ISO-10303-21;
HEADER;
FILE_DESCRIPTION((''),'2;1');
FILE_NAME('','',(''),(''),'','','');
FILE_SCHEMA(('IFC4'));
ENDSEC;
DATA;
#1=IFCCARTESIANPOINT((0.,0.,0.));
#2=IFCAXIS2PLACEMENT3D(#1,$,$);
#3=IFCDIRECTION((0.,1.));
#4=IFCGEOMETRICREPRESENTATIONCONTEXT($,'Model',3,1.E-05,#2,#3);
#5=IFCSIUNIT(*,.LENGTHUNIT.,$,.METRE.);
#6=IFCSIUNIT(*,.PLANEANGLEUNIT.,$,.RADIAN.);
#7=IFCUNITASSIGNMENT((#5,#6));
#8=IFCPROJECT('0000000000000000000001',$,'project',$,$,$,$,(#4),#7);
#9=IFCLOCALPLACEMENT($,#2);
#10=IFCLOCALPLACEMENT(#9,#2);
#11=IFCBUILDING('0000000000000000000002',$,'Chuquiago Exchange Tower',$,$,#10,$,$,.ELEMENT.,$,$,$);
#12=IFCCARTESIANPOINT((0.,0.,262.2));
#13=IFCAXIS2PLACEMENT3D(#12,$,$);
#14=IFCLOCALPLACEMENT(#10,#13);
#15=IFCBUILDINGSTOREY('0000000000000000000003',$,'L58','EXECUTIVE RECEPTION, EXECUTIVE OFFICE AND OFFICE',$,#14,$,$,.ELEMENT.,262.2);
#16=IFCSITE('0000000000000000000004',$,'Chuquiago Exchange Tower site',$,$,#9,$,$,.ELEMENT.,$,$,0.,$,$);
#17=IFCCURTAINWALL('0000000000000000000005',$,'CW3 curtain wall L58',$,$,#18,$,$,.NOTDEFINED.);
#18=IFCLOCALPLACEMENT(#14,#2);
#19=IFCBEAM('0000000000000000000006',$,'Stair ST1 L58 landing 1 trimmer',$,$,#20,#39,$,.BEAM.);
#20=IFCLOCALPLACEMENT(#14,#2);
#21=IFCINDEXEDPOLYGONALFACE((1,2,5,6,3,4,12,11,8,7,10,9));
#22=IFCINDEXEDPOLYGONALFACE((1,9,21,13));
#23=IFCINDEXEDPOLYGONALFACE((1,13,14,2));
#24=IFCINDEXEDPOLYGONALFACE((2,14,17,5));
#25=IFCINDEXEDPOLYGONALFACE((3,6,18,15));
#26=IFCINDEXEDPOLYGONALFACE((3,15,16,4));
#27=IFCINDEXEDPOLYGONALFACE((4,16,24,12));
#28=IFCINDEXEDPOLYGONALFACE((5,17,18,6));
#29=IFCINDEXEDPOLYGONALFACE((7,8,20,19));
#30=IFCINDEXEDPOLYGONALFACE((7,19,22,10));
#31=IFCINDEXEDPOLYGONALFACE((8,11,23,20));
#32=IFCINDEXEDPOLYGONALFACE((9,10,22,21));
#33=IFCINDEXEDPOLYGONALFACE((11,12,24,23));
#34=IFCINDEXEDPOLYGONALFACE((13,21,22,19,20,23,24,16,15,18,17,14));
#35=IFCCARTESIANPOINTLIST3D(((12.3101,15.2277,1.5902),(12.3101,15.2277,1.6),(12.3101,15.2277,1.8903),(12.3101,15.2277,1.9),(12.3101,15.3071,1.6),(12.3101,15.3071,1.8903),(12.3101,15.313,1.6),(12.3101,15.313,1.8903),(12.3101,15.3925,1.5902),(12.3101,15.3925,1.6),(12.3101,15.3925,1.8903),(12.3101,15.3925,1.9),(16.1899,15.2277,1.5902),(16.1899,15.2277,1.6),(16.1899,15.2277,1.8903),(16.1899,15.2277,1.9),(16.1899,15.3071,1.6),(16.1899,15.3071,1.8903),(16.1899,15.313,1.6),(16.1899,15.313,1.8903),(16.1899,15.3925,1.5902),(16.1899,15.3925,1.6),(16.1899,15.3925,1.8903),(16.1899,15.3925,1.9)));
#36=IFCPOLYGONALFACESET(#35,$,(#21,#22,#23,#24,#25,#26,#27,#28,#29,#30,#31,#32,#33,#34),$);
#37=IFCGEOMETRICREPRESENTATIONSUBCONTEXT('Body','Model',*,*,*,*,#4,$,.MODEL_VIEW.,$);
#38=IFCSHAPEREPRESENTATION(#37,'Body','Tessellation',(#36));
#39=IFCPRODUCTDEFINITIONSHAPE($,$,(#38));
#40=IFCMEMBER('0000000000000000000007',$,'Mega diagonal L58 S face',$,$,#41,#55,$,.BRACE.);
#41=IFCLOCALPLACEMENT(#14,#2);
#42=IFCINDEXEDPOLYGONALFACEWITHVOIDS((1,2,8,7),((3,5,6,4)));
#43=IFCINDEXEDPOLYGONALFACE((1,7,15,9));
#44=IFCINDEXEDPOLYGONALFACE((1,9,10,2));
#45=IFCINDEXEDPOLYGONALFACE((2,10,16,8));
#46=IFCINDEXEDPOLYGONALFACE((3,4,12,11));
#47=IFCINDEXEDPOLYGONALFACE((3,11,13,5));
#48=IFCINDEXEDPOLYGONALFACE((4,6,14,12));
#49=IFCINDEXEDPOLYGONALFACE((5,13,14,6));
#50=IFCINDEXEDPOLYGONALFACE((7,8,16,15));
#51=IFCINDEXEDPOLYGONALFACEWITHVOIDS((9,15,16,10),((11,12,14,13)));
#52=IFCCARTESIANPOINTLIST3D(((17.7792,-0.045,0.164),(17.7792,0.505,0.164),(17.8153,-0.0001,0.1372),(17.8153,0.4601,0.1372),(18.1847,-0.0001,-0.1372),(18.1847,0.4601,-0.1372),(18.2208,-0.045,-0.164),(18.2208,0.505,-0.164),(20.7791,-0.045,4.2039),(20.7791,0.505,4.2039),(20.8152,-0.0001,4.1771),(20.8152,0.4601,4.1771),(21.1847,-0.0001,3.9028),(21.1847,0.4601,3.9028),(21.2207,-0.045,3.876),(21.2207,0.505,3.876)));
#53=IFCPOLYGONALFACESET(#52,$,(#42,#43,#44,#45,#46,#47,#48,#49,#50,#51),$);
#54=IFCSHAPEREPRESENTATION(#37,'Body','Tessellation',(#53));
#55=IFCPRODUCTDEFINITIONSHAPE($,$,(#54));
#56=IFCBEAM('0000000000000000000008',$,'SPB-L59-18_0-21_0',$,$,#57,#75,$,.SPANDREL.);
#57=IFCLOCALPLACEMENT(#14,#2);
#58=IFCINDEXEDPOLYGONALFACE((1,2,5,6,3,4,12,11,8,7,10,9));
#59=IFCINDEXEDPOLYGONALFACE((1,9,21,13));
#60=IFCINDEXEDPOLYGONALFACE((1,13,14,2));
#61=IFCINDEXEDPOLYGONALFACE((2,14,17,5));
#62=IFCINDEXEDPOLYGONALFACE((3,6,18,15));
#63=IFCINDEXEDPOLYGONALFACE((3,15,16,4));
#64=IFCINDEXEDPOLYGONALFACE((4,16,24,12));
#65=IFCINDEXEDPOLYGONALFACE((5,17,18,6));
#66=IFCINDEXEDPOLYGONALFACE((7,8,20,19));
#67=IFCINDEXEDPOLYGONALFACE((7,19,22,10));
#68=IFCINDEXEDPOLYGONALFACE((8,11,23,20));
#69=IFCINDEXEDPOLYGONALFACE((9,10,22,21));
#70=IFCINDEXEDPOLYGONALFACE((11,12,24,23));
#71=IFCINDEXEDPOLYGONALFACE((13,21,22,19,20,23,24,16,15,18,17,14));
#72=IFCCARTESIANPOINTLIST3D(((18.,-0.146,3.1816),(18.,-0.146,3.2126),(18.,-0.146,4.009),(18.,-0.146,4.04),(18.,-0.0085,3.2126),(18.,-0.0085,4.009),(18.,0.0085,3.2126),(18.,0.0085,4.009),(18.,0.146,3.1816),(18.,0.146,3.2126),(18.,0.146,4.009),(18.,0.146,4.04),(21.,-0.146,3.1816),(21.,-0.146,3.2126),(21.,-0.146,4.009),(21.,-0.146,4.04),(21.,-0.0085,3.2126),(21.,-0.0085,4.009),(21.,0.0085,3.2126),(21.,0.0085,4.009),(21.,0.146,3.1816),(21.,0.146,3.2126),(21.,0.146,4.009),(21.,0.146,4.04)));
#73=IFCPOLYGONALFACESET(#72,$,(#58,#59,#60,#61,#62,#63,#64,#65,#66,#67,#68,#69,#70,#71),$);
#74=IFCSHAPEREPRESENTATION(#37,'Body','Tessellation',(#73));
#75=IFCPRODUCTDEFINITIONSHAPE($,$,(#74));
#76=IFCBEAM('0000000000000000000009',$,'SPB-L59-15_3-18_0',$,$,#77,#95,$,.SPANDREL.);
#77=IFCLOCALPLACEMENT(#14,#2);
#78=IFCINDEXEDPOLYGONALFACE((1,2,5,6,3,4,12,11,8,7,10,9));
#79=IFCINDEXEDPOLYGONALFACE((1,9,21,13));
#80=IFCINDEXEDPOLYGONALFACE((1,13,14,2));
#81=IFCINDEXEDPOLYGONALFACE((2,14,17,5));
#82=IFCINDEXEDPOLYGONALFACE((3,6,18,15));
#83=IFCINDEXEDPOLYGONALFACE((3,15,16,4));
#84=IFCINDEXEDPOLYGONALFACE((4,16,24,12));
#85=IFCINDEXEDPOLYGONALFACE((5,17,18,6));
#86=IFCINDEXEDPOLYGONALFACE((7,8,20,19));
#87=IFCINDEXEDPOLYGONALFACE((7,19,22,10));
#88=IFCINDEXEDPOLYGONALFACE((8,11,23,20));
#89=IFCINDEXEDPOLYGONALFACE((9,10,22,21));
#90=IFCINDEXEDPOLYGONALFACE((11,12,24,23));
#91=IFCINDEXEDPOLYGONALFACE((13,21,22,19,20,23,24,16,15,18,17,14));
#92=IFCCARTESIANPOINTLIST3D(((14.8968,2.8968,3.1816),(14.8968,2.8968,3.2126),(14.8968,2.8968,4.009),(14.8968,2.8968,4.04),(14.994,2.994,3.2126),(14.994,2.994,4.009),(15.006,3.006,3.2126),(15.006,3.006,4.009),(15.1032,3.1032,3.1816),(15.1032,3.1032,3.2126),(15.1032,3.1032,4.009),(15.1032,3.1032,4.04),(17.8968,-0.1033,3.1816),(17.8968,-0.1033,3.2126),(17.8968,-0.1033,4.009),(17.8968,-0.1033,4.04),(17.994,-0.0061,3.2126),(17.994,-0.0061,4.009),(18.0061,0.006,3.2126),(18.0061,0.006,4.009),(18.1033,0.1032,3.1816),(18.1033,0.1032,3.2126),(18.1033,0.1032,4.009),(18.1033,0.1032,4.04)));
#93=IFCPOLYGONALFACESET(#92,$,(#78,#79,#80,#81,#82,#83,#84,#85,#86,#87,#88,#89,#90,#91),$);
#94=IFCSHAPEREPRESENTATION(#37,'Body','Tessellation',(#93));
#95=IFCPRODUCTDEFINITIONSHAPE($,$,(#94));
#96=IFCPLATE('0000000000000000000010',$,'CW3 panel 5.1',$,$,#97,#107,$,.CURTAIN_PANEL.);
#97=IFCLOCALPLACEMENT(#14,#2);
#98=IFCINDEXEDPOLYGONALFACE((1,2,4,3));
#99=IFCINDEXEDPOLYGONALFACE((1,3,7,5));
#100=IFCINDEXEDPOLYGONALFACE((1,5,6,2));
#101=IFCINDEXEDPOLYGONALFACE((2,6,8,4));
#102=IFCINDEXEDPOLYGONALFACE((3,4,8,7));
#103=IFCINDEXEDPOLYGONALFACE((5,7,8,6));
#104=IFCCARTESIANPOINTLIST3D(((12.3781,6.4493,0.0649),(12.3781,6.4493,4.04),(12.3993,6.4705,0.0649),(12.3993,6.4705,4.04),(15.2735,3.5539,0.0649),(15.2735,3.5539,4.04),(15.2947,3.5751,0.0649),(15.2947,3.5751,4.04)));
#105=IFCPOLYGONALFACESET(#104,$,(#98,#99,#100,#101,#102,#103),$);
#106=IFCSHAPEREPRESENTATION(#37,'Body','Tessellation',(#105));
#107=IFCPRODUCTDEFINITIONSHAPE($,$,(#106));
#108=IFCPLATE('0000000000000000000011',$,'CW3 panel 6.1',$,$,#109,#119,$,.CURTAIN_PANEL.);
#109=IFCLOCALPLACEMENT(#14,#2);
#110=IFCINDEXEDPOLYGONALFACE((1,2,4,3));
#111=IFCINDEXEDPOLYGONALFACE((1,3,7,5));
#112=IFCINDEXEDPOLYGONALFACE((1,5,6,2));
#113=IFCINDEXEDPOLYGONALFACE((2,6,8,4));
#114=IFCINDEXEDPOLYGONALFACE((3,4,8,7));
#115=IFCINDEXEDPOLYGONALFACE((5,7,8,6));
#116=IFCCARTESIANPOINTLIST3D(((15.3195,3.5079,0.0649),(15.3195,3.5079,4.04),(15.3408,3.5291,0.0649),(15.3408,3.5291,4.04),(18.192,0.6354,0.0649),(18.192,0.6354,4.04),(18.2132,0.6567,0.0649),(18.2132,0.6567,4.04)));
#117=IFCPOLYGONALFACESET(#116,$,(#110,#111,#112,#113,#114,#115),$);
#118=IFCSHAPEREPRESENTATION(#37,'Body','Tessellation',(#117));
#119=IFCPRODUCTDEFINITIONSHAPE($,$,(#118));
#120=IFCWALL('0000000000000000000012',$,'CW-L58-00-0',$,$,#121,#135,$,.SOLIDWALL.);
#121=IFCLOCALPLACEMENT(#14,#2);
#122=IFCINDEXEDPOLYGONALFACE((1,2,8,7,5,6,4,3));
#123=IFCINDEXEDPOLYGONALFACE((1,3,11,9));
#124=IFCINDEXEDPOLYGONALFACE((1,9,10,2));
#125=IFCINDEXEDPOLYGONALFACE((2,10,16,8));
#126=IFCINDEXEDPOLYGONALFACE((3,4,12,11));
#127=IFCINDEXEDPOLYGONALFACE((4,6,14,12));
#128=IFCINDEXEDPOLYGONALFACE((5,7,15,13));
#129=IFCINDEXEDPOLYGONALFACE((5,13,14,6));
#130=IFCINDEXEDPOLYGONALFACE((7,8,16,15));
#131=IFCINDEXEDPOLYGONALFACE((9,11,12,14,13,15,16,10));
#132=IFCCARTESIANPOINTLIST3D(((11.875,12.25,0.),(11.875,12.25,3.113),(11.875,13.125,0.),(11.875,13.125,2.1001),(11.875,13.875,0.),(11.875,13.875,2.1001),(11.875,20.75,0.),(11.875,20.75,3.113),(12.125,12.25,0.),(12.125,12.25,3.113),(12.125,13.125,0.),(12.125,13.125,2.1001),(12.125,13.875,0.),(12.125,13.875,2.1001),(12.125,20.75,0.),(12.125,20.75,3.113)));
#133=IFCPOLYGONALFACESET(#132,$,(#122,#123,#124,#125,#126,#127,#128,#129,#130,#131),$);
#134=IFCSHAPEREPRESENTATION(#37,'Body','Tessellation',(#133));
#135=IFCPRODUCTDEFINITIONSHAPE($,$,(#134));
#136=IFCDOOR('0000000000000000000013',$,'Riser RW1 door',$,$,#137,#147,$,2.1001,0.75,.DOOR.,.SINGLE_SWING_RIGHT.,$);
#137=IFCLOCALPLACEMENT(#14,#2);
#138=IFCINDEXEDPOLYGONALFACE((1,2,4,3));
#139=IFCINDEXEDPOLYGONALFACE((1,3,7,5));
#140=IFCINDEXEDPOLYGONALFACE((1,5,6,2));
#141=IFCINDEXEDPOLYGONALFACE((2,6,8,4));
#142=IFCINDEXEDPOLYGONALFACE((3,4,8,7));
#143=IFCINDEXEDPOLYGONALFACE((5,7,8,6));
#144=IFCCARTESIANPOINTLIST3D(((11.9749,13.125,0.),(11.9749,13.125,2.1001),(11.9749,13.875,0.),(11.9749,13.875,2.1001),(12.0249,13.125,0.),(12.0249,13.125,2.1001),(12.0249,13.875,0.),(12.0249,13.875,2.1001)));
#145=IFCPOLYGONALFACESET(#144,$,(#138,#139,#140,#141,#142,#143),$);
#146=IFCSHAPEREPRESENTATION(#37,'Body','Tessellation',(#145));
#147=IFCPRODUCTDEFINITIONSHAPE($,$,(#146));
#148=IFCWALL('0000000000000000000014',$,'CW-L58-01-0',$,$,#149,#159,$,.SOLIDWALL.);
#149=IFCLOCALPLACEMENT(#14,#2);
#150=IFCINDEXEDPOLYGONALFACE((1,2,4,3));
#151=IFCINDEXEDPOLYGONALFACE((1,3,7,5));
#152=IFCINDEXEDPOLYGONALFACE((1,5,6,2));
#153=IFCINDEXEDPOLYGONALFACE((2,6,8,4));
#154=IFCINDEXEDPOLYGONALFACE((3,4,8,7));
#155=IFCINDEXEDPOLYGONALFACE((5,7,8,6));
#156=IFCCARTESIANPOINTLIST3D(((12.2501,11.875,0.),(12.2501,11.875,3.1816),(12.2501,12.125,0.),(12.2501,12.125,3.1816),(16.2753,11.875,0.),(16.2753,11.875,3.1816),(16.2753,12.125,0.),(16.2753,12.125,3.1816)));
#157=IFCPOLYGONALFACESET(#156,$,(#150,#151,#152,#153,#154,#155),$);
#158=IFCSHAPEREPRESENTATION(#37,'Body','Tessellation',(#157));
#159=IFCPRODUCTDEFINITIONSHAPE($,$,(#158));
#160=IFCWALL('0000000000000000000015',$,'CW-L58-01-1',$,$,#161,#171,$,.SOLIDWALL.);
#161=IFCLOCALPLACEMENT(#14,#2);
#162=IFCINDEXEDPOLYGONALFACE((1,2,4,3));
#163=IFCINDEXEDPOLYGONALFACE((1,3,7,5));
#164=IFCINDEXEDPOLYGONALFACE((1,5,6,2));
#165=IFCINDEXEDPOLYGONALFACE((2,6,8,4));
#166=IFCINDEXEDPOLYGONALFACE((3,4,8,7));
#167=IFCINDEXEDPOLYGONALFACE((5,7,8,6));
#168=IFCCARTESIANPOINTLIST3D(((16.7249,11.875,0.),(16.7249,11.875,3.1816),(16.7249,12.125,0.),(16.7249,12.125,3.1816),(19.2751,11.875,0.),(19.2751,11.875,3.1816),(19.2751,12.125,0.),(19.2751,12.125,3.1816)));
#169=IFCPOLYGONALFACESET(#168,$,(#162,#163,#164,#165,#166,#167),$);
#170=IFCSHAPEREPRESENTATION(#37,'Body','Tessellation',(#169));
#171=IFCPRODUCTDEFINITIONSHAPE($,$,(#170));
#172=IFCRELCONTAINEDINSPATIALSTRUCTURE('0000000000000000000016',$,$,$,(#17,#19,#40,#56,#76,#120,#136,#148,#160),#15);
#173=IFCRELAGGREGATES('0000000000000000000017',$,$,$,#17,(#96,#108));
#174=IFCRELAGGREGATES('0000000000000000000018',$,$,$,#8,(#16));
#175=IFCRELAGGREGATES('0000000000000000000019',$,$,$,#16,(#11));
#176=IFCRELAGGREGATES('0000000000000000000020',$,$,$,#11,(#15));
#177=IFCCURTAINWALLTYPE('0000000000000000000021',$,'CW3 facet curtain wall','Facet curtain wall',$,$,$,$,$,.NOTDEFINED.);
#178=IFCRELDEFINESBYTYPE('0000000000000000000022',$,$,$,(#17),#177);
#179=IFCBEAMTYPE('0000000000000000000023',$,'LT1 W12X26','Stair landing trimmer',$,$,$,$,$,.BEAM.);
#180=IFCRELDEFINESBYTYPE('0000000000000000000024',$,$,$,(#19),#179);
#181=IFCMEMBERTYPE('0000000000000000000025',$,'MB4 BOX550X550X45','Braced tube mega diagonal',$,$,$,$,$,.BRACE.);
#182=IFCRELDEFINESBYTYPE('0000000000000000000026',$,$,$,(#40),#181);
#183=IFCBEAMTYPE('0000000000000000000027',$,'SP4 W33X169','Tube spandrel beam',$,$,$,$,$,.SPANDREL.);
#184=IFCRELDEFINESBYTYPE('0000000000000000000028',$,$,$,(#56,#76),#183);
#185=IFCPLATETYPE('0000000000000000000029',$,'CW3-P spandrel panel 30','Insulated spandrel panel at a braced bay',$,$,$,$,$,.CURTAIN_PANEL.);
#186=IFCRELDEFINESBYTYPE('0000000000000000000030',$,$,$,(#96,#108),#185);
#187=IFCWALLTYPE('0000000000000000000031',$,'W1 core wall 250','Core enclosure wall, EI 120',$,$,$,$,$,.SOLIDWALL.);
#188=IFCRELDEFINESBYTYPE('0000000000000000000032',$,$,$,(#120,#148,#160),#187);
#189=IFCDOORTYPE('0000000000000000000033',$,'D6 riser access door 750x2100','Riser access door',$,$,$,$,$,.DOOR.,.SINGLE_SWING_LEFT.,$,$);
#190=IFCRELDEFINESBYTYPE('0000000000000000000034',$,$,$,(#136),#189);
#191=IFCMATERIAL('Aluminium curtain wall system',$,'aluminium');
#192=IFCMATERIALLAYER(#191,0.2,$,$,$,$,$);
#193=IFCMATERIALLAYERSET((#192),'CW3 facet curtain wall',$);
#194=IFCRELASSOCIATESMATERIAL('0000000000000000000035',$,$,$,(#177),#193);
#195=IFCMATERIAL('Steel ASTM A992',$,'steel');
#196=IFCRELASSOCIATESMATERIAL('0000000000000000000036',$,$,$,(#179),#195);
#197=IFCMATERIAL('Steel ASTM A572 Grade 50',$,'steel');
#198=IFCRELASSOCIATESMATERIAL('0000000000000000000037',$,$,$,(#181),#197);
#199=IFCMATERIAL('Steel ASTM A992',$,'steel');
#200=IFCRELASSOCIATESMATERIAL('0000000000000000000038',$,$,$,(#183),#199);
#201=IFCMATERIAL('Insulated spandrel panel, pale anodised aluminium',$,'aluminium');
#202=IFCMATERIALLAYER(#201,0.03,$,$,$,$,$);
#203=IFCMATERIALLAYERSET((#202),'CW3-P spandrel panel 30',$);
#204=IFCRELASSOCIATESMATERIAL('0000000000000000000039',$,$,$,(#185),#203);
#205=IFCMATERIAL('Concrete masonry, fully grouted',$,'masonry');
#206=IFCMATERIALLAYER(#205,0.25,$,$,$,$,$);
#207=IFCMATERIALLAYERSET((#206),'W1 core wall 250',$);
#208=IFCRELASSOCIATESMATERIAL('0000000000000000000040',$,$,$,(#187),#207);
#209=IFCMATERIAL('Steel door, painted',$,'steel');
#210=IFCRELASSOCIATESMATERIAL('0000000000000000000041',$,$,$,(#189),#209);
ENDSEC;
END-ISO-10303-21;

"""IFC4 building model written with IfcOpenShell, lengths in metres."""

from ifc_helpers import new_model, si_unit, direction, frame, frame_2d, origin, origin_2d, place, context, subcontext, project, spatial, rectangle, hollow_rectangle, i_section, extrude, material, layer, layer_set, material_profile, profile_set, type_object, element, fill, aggregate, save


model = new_model("IFC4")

# Units and contexts
model_context = context("Model", 3, precision=1e-05, world=origin(), true_north=direction((0.0, 1.0)))
body_context = subcontext(model_context, "Body", "Model", "MODEL_VIEW")
ifc_project = project(units=[si_unit("LENGTHUNIT", "METRE"), si_unit("PLANEANGLEUNIT", "RADIAN")], contexts=[model_context])

# Site, building, storey
site_placement = place(None, origin())
site = spatial("IfcSite", under=ifc_project, at=site_placement, Name="Chuquiago Exchange Tower site", CompositionType="ELEMENT", RefElevation=0.0)
building_placement = place(site_placement, origin())
building = spatial("IfcBuilding", under=site, at=building_placement, Name="Chuquiago Exchange Tower", CompositionType="ELEMENT")
storey_placement = place(building_placement, frame((0.0, 0.0, 262.2)))
storey = spatial("IfcBuildingStorey", under=building, at=storey_placement, Name="L58", Description="EXECUTIVE RECEPTION, EXECUTIVE OFFICE AND OFFICE", CompositionType="ELEMENT", Elevation=262.2)

# Curtain wall
ifc_material_1 = material(Name="Aluminium curtain wall system", Category="aluminium")
ifc_layer_1 = layer(ifc_material_1, 0.2)
ifc_layer_set_1 = layer_set([ifc_layer_1], Name="CW3 facet curtain wall")
curtain_wall_type = type_object("IfcCurtainWallType", Name="CW3 facet curtain wall", Description="Facet curtain wall", PredefinedType="NOTDEFINED", material=ifc_layer_set_1)
curtain_wall_placement = place(storey_placement, origin())
curtain_wall = element("IfcCurtainWall", 1, at=curtain_wall_placement, inside=storey, type_object=curtain_wall_type, Name="CW3 curtain wall L58", PredefinedType="NOTDEFINED")

# Beam
ifc_material_2 = material(Name="Steel ASTM A992", Category="steel")
ifc_material_profile_1 = material_profile(ifc_material_2, i_section(OverallWidth=0.1648, OverallDepth=0.3098, WebThickness=0.0059, FlangeThickness=0.0098, at=origin_2d()), Name="W12X26")
ifc_profile_set_1 = profile_set([ifc_material_profile_1], Name="Steel ASTM A992")
beam_type_1 = type_object("IfcBeamType", Name="LT1 W12X26", Description="Stair landing trimmer", PredefinedType="BEAM", material=ifc_profile_set_1)
beam_1_placement = place(storey_placement, frame((12.3101, 15.3101, 1.7451), z_axis=(1.0, 0.0, 0.0), x_axis=(0.0, 1.0, 0.0)))
element("IfcBeam", 2, at=beam_1_placement, inside=storey, type_object=beam_type_1, Name="Stair ST1 L58 landing 1 trimmer", PredefinedType="BEAM", context=body_context, shape_type="SweptSolid", body=[
    extrude(i_section(OverallWidth=0.1648, OverallDepth=0.3098, WebThickness=0.0059, FlangeThickness=0.0098, at=origin_2d()), origin(), (0.0, 0.0, 1.0), 3.8799),
])

# Member
ifc_material_3 = material(Name="Steel ASTM A572 Grade 50", Category="steel")
ifc_material_profile_2 = material_profile(ifc_material_3, hollow_rectangle(XDim=0.55, YDim=0.55, WallThickness=0.0449, at=origin_2d()), Name="BOX550X550X45")
ifc_profile_set_2 = profile_set([ifc_material_profile_2], Name="Steel ASTM A572 Grade 50")
member_type_1 = type_object("IfcMemberType", Name="MB4 BOX550X550X45", Description="Braced tube mega diagonal", PredefinedType="BRACE", material=ifc_profile_set_2)
member_1_placement = place(storey_placement, frame((18.0, 0.23, 0.0), z_axis=(0.596174, 0.0, 0.802855), x_axis=(0.0, 1.0, 0.0)))
element("IfcMember", 3, at=member_1_placement, inside=storey, type_object=member_type_1, Name="Mega diagonal L58 S face", PredefinedType="BRACE", context=body_context, shape_type="SweptSolid", body=[
    extrude(hollow_rectangle(XDim=0.55, YDim=0.55, WallThickness=0.0449, at=origin_2d()), origin(), (0.0, 0.0, 1.0), 5.032),
])

# Beams
ifc_material_4 = material(Name="Steel ASTM A992", Category="steel")
ifc_material_profile_3 = material_profile(ifc_material_4, i_section(OverallWidth=0.292, OverallDepth=0.8584, WebThickness=0.0171, FlangeThickness=0.031, at=origin_2d()), Name="W33X169")
ifc_profile_set_3 = profile_set([ifc_material_profile_3], Name="Steel ASTM A992")
beam_type_2 = type_object("IfcBeamType", Name="SP4 W33X169", Description="Tube spandrel beam", PredefinedType="SPANDREL", material=ifc_profile_set_3)
beam_2_placement = place(storey_placement, frame((18.0, 0.0, 3.6108), z_axis=(1.0, 0.0, 0.0), x_axis=(0.0, 1.0, 0.0)))
element("IfcBeam", 4, at=beam_2_placement, inside=storey, type_object=beam_type_2, Name="SPB-L59-18_0-21_0", PredefinedType="SPANDREL", context=body_context, shape_type="SweptSolid", body=[
    extrude(i_section(OverallWidth=0.292, OverallDepth=0.8584, WebThickness=0.0171, FlangeThickness=0.031, at=origin_2d()), origin(), (0.0, 0.0, 1.0), 3.0),
])
beam_3_placement = place(storey_placement, frame((15.0, 3.0, 3.6108), z_axis=(0.707107, -0.707107, 0.0), x_axis=(0.707107, 0.707107, 0.0)))
element("IfcBeam", 5, at=beam_3_placement, inside=storey, type_object=beam_type_2, Name="SPB-L59-15_3-18_0", PredefinedType="SPANDREL", context=body_context, shape_type="SweptSolid", body=[
    extrude(i_section(OverallWidth=0.292, OverallDepth=0.8584, WebThickness=0.0171, FlangeThickness=0.031, at=origin_2d()), origin(), (0.0, 0.0, 1.0), 4.2427),
])

# Plates
ifc_material_5 = material(Name="Insulated spandrel panel, pale anodised aluminium", Category="aluminium")
ifc_layer_2 = layer(ifc_material_5, 0.03)
ifc_layer_set_2 = layer_set([ifc_layer_2], Name="CW3-P spandrel panel 30")
plate_type = type_object("IfcPlateType", Name="CW3-P spandrel panel 30", Description="Insulated spandrel panel at a braced bay", PredefinedType="CURTAIN_PANEL", material=ifc_layer_set_2)
plate_1_placement = place(storey_placement, frame((13.8364, 5.0122, 0.0649), z_axis=(0.0, 0.0, 1.0), x_axis=(0.707107, -0.707107, 0.0)))
plate_1 = element("IfcPlate", 6, at=plate_1_placement, type_object=plate_type, Name="CW3 panel 5.1", PredefinedType="CURTAIN_PANEL", context=body_context, shape_type="SweptSolid", body=[
    extrude(rectangle(XDim=4.0947, YDim=0.03, at=origin_2d()), origin(), (0.0, 0.0, 1.0), 3.9751),
])
plate_2_placement = place(storey_placement, frame((16.7664, 2.0823, 0.0649), z_axis=(0.0, 0.0, 1.0), x_axis=(0.707107, -0.707107, 0.0)))
plate_2 = element("IfcPlate", 7, at=plate_2_placement, type_object=plate_type, Name="CW3 panel 6.1", PredefinedType="CURTAIN_PANEL", context=body_context, shape_type="SweptSolid", body=[
    extrude(rectangle(XDim=4.0623, YDim=0.03, at=origin_2d()), origin(), (0.0, 0.0, 1.0), 3.9751),
])
aggregate(curtain_wall, [plate_1, plate_2])

# Wall, opening, door
ifc_material_6 = material(Name="Concrete masonry, fully grouted", Category="masonry")
ifc_layer_3 = layer(ifc_material_6, 0.25)
ifc_layer_set_3 = layer_set([ifc_layer_3], Name="W1 core wall 250")
wall_type_1 = type_object("IfcWallType", Name="W1 core wall 250", Description="Core enclosure wall, EI 120", PredefinedType="SOLIDWALL", material=ifc_layer_set_3)
wall_1_placement = place(storey_placement, frame((12.0, 12.25, 0.0), z_axis=(0.0, 0.0, 1.0), x_axis=(0.0, 1.0, 0.0)))
wall_1 = element("IfcWall", 8, at=wall_1_placement, inside=storey, type_object=wall_type_1, Name="CW-L58-00-0", PredefinedType="SOLIDWALL", context=body_context, shape_type="SweptSolid", body=[
    extrude(rectangle(XDim=8.5, YDim=0.25, at=frame_2d((4.25, 0.0))), origin(), (0.0, 0.0, 1.0), 3.113),
])
opening_1_placement = place(wall_1_placement, frame((0.875, 0.0, 0.0)))
opening_1 = element("IfcOpeningElement", 9, at=opening_1_placement, cuts=wall_1, PredefinedType="OPENING", context=body_context, shape_type="SweptSolid", body=[
    extrude(rectangle(XDim=0.75, YDim=2.1001, at=frame_2d((0.375, 1.05))), frame((0.0, 0.135, 0.0), z_axis=(0.0, -1.0, 0.0), x_axis=(1.0, 0.0, 0.0)), (0.0, 0.0, 1.0), 0.27),
])
ifc_material_7 = material(Name="Steel door, painted", Category="steel")
door_type_1 = type_object("IfcDoorType", Name="D6 riser access door 750x2100", Description="Riser access door", OperationType="SINGLE_SWING_LEFT", PredefinedType="DOOR", material=ifc_material_7)
door_1_placement = place(opening_1_placement, frame((0.75, 0.0, 0.0), z_axis=(0.0, 0.0, 1.0), x_axis=(-1.0, 0.0, 0.0)))
door_1 = element("IfcDoor", 10, at=door_1_placement, inside=storey, type_object=door_type_1, Name="Riser RW1 door", OperationType="SINGLE_SWING_RIGHT", OverallHeight=2.1001, OverallWidth=0.75, PredefinedType="DOOR", context=body_context, shape_type="SweptSolid", body=[
    extrude(rectangle(XDim=0.75, YDim=2.1001, at=frame_2d((0.375, 1.05))), frame((0.0, 0.0249, 0.0), z_axis=(0.0, -1.0, 0.0), x_axis=(1.0, 0.0, 0.0)), (0.0, 0.0, 1.0), 0.05),
])
fill(opening_1, door_1)

# Walls
wall_2_placement = place(storey_placement, frame((12.25, 12.0, 0.0), z_axis=(0.0, 0.0, 1.0), x_axis=(1.0, 0.0, 0.0)))
element("IfcWall", 11, at=wall_2_placement, inside=storey, type_object=wall_type_1, Name="CW-L58-01-0", PredefinedType="SOLIDWALL", context=body_context, shape_type="SweptSolid", body=[
    extrude(rectangle(XDim=4.0251, YDim=0.25, at=frame_2d((2.0127, 0.0))), origin(), (0.0, 0.0, 1.0), 3.1816),
])
wall_3_placement = place(storey_placement, frame((16.7249, 12.0, 0.0), z_axis=(0.0, 0.0, 1.0), x_axis=(1.0, 0.0, 0.0)))
element("IfcWall", 12, at=wall_3_placement, inside=storey, type_object=wall_type_1, Name="CW-L58-01-1", PredefinedType="SOLIDWALL", context=body_context, shape_type="SweptSolid", body=[
    extrude(rectangle(XDim=2.5503, YDim=0.25, at=frame_2d((1.2751, 0.0))), origin(), (0.0, 0.0, 1.0), 3.1816),
])

save(model, "model.ifc")
